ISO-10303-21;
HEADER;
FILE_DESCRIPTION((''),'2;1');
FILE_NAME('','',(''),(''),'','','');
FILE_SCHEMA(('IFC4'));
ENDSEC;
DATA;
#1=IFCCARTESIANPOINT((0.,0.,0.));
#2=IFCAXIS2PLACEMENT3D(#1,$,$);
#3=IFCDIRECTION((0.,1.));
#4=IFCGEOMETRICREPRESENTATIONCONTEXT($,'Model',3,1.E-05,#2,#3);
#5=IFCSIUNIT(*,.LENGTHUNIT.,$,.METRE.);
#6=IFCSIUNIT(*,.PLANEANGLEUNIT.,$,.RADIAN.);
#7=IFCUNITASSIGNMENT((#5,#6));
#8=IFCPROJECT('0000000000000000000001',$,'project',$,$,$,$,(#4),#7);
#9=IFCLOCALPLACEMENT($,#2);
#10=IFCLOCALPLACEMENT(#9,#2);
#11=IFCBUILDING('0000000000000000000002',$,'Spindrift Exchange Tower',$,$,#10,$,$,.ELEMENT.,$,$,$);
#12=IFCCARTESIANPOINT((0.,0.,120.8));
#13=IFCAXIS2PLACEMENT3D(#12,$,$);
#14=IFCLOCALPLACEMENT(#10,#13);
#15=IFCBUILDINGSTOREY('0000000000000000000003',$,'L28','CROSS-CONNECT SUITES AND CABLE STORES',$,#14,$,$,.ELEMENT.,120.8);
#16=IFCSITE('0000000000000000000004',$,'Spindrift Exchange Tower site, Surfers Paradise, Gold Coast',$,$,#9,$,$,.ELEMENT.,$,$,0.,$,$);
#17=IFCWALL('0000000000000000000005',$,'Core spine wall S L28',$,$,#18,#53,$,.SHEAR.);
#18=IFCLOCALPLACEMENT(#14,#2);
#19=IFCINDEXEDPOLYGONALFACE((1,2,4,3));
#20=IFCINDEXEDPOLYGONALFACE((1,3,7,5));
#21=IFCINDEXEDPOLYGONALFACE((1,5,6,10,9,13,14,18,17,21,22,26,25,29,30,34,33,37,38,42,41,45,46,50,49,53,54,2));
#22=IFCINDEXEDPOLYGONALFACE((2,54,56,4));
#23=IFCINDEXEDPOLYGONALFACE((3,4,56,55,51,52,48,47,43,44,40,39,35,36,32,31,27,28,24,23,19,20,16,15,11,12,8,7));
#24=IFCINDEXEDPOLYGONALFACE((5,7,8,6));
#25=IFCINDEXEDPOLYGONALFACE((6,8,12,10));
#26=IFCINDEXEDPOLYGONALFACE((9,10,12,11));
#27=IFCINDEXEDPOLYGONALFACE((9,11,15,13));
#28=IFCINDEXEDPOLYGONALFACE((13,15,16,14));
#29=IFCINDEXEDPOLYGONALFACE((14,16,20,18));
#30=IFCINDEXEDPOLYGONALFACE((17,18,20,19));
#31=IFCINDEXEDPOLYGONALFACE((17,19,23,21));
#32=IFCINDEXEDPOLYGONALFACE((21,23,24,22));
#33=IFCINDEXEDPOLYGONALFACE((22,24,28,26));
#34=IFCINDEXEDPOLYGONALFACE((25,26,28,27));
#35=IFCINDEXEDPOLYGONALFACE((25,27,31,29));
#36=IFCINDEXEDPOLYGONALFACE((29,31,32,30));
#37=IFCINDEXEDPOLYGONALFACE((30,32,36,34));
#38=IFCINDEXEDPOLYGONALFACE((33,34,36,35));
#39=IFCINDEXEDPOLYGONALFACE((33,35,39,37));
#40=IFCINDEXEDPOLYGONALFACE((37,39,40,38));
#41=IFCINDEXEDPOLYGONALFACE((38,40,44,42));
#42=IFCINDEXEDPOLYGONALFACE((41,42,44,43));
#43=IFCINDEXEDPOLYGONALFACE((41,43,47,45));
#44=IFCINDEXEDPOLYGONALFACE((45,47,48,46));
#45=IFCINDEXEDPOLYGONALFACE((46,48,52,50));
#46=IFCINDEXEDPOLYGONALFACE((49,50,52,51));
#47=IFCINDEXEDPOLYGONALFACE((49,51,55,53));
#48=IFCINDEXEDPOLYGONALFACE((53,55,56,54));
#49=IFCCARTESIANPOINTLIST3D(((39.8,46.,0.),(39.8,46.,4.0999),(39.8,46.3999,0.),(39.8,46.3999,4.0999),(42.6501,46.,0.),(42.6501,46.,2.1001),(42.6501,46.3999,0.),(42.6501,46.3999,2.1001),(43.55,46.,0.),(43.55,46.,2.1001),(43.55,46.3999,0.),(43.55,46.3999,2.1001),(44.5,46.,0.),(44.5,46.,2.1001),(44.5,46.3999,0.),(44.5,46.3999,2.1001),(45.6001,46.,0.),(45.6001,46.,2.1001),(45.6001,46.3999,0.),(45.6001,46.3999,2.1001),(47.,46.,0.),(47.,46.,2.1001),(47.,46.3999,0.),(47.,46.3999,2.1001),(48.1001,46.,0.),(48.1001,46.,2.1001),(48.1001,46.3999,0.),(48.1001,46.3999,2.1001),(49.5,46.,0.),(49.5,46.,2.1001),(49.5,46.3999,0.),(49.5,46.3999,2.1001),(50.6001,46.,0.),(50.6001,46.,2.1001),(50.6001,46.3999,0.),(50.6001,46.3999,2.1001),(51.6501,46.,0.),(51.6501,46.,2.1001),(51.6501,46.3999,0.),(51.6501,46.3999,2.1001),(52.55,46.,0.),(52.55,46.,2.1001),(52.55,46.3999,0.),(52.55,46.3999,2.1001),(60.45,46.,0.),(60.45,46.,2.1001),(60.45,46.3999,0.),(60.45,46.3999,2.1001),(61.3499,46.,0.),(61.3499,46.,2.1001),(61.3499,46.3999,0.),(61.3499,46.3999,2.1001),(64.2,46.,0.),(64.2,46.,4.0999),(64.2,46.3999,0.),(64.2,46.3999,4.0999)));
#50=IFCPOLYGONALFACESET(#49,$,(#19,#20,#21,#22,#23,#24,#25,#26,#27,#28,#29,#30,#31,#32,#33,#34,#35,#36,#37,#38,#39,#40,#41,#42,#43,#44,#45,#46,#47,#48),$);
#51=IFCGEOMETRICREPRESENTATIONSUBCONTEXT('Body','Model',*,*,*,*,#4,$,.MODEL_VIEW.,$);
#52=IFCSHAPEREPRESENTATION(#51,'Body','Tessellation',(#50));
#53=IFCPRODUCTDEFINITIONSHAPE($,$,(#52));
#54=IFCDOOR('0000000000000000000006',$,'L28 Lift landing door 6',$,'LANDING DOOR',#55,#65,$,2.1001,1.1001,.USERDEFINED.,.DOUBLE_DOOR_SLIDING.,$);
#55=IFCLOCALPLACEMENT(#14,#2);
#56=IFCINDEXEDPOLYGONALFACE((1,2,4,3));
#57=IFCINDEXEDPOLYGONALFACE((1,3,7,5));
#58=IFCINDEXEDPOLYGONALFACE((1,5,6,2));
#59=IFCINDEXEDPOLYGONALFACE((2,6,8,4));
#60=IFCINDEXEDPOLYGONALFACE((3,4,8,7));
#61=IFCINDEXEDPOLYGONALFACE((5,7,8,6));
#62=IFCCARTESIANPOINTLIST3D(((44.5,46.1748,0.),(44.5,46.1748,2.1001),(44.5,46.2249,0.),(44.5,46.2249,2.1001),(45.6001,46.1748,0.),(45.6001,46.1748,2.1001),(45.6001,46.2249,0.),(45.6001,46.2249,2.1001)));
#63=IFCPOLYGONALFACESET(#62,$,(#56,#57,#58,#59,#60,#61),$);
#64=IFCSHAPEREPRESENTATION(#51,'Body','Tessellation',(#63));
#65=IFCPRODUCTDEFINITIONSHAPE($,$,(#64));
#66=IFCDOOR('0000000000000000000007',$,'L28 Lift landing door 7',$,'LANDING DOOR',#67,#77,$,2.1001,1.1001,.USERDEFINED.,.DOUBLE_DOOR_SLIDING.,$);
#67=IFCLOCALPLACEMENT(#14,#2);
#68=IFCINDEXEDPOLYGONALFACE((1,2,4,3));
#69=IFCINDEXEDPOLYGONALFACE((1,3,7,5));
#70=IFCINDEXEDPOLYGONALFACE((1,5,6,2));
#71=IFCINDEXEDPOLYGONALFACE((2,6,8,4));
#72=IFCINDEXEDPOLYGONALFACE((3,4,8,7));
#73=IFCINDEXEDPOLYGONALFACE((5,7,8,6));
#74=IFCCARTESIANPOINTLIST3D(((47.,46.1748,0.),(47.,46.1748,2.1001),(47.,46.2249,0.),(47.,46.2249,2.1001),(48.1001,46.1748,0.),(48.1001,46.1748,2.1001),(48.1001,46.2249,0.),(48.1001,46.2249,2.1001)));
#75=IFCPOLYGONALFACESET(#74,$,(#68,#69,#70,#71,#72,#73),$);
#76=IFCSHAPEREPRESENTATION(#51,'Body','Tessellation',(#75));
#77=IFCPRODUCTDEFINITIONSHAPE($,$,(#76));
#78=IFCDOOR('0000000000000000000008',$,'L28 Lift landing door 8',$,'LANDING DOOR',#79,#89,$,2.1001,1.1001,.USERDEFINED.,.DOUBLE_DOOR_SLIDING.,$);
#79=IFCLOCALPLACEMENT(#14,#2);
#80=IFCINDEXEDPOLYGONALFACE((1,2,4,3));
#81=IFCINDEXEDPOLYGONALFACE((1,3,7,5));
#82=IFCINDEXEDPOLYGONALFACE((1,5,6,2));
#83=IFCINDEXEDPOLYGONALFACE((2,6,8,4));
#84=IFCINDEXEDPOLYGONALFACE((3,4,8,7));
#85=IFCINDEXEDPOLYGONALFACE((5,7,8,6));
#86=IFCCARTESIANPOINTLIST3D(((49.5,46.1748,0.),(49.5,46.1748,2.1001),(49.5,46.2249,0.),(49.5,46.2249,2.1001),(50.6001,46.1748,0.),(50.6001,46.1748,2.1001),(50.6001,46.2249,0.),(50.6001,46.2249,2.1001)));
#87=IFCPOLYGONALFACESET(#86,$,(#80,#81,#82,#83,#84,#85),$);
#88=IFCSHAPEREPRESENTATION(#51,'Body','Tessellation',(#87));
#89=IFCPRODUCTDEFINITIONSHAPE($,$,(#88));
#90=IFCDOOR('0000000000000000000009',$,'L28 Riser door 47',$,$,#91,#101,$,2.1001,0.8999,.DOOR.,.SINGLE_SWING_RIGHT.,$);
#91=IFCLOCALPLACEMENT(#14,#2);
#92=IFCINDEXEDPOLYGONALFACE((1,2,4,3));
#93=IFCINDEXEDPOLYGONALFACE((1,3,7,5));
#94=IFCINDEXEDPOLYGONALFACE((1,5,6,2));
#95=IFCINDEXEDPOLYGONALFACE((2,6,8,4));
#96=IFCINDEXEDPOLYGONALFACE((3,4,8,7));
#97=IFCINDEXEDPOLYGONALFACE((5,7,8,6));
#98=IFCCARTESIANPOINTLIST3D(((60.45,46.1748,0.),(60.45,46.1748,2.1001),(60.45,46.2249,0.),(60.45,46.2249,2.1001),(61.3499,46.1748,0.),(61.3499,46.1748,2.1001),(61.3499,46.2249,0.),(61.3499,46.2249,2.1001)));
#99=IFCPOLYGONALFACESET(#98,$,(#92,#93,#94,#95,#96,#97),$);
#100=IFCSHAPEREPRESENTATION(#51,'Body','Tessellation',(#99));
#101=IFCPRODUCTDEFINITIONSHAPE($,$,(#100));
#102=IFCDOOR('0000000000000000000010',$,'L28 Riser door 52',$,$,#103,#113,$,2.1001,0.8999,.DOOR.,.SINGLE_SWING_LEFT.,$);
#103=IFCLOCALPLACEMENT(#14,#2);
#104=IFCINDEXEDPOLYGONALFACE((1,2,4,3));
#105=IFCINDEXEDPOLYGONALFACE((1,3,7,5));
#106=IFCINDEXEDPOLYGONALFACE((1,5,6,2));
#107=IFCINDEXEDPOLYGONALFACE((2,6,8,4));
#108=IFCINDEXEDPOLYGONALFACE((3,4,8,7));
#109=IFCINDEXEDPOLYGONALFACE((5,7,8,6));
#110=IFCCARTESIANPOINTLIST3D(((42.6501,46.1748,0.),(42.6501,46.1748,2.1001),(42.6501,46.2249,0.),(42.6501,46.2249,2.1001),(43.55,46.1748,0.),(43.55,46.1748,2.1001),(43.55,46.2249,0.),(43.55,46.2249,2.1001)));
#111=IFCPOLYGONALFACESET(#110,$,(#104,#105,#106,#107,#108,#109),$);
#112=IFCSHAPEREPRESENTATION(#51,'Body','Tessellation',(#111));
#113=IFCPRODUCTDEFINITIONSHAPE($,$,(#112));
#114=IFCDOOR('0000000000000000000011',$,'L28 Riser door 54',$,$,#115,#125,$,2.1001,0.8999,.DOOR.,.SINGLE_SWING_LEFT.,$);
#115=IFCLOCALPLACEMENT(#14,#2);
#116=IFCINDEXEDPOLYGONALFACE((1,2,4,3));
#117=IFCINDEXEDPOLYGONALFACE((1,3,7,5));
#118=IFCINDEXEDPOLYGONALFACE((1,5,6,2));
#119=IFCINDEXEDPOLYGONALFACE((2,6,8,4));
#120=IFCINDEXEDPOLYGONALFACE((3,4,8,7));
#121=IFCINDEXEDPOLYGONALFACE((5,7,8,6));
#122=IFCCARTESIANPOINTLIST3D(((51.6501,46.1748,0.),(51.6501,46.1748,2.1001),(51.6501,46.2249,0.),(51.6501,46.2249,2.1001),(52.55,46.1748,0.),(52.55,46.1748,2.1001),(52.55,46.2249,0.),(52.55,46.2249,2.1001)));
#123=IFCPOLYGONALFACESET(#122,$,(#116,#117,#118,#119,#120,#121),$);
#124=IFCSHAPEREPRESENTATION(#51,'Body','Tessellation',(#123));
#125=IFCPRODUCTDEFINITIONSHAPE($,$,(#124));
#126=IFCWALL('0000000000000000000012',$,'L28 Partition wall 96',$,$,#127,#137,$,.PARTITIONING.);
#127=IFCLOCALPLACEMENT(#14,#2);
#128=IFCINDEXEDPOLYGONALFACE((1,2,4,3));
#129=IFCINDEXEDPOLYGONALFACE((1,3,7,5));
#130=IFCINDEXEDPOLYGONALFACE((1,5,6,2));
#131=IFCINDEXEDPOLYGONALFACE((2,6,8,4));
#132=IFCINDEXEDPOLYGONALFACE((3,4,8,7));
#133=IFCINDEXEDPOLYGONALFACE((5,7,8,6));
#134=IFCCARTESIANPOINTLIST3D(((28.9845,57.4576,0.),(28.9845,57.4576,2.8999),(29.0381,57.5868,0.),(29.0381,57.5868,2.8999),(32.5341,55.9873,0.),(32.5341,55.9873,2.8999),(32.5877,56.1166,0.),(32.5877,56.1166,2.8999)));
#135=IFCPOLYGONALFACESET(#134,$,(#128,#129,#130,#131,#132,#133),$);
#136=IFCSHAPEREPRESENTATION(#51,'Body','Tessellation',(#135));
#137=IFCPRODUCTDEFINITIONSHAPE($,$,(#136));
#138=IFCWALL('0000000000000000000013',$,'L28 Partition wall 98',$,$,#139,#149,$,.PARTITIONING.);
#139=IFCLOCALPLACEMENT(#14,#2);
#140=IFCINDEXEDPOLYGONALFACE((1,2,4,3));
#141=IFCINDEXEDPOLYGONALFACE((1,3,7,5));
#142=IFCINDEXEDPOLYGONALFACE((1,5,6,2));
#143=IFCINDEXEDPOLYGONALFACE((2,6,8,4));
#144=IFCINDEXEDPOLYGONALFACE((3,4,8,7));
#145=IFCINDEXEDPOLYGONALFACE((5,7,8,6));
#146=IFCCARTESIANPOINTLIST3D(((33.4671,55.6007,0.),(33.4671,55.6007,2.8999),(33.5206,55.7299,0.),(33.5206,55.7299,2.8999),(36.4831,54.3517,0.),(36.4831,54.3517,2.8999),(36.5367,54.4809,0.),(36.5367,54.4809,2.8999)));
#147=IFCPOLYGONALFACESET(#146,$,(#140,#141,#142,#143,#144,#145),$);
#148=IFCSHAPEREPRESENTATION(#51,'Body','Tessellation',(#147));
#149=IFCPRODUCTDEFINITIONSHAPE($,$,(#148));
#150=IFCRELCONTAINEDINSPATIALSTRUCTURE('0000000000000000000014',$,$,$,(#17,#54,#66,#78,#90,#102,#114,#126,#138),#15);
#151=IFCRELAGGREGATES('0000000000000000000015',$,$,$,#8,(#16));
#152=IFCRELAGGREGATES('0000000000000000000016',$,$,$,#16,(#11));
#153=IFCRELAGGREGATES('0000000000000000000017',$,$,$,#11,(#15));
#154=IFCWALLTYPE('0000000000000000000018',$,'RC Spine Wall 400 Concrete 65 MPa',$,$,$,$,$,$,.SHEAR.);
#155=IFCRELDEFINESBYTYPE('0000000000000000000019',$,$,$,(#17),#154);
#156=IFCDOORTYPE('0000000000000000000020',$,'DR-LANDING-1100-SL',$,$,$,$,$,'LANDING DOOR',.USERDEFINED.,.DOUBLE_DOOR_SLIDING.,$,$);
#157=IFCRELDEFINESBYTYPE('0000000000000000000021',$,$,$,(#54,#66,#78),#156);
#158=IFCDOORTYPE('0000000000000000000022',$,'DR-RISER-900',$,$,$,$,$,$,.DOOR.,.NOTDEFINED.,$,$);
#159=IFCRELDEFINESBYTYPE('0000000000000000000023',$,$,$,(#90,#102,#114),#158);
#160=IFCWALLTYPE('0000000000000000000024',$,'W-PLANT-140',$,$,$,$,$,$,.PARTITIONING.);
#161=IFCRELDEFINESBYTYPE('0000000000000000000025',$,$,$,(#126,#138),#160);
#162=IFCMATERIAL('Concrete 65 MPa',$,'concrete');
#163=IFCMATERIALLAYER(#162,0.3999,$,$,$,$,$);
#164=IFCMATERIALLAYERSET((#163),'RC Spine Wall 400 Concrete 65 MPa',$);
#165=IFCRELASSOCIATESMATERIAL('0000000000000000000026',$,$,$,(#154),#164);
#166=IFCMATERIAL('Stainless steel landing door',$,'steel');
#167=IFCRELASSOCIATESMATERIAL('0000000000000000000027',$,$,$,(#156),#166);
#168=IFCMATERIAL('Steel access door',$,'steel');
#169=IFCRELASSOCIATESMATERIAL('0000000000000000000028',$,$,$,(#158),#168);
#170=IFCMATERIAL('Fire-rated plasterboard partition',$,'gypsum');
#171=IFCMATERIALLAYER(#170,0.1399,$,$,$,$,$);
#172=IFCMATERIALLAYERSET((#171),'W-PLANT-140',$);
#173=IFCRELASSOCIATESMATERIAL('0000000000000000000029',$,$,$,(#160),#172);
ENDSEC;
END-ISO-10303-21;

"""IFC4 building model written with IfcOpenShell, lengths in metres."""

from ifc_helpers import new_model, si_unit, direction, frame, frame_2d, origin, place, context, subcontext, project, spatial, rectangle, extrude, source, transform, mapped, material, layer, layer_set, type_object, element, fill, save


model = new_model("IFC4")

# Units and contexts
model_context = context("Model", 3, precision=1e-05, world=origin(), true_north=direction((0.0, 1.0)))
body_context = subcontext(model_context, "Body", "Model", "MODEL_VIEW")
ifc_project = project(units=[si_unit("LENGTHUNIT", "METRE"), si_unit("PLANEANGLEUNIT", "RADIAN")], contexts=[model_context])

# Site, building, storey
site_placement = place(None, origin())
site = spatial("IfcSite", under=ifc_project, at=site_placement, Name="Spindrift Exchange Tower site, Surfers Paradise, Gold Coast", CompositionType="ELEMENT", RefElevation=0.0)
building_placement = place(site_placement, origin())
building = spatial("IfcBuilding", under=site, at=building_placement, Name="Spindrift Exchange Tower", CompositionType="ELEMENT")
storey_placement = place(building_placement, frame((0.0, 0.0, 120.8)))
storey = spatial("IfcBuildingStorey", under=building, at=storey_placement, Name="L28", Description="CROSS-CONNECT SUITES AND CABLE STORES", CompositionType="ELEMENT", Elevation=120.8)

# Shared definitions
ifc_material_1 = material(Name="Concrete 65 MPa", Category="concrete")

# Wall, openings, doors
ifc_layer_1 = layer(ifc_material_1, 0.3999)
ifc_layer_set_1 = layer_set([ifc_layer_1], Name="RC Spine Wall 400 Concrete 65 MPa")
wall_type_1 = type_object("IfcWallType", Name="RC Spine Wall 400 Concrete 65 MPa", PredefinedType="SHEAR", material=ifc_layer_set_1)
ifc_material_2 = material(Name="Stainless steel landing door", Category="steel")
door_type_1 = type_object("IfcDoorType", Name="DR-LANDING-1100-SL", ElementType="LANDING DOOR", OperationType="DOUBLE_DOOR_SLIDING", PredefinedType="USERDEFINED", material=ifc_material_2)
shared_shape_1 = source(origin(), body_context, "Body", "SweptSolid", [
    extrude(rectangle(XDim=1.1001, YDim=2.1001, at=frame_2d((0.55, 1.05))), frame((0.0, 0.0249, 0.0), z_axis=(0.0, -1.0, 0.0), x_axis=(1.0, 0.0, 0.0)), (0.0, 0.0, 1.0), 0.05),
])
ifc_material_3 = material(Name="Steel access door", Category="steel")
door_type_2 = type_object("IfcDoorType", Name="DR-RISER-900", OperationType="NOTDEFINED", PredefinedType="DOOR", material=ifc_material_3)
shared_shape_2 = source(origin(), body_context, "Body", "SweptSolid", [
    extrude(rectangle(XDim=0.8999, YDim=2.1001, at=frame_2d((0.45, 1.05))), frame((0.0, 0.0249, 0.0), z_axis=(0.0, -1.0, 0.0), x_axis=(1.0, 0.0, 0.0)), (0.0, 0.0, 1.0), 0.05),
])
wall_1_placement = place(storey_placement, frame((39.8, 46.2, 0.0), z_axis=(0.0, 0.0, 1.0), x_axis=(1.0, 0.0, 0.0)))
wall_1 = element("IfcWall", 1, at=wall_1_placement, inside=storey, type_object=wall_type_1, Name="Core spine wall S L28", PredefinedType="SHEAR", context=body_context, shape_type="SweptSolid", body=[
    extrude(rectangle(XDim=24.3999, YDim=0.3999, at=frame_2d((12.2, 0.0))), origin(), (0.0, 0.0, 1.0), 4.0999),
])
opening_1_placement = place(wall_1_placement, frame((4.7, 0.0, 0.0)))
opening_1 = element("IfcOpeningElement", 2, at=opening_1_placement, cuts=wall_1, PredefinedType="OPENING", context=body_context, shape_type="SweptSolid", body=[
    extrude(rectangle(XDim=1.1001, YDim=2.1001, at=frame_2d((0.55, 1.05))), frame((0.0, 0.21, 0.0), z_axis=(0.0, -1.0, 0.0), x_axis=(1.0, 0.0, 0.0)), (0.0, 0.0, 1.0), 0.4199),
])
opening_2_placement = place(wall_1_placement, frame((7.2, 0.0, 0.0)))
opening_2 = element("IfcOpeningElement", 3, at=opening_2_placement, cuts=wall_1, PredefinedType="OPENING", context=body_context, shape_type="SweptSolid", body=[
    extrude(rectangle(XDim=1.1001, YDim=2.1001, at=frame_2d((0.55, 1.05))), frame((0.0, 0.21, 0.0), z_axis=(0.0, -1.0, 0.0), x_axis=(1.0, 0.0, 0.0)), (0.0, 0.0, 1.0), 0.4199),
])
opening_3_placement = place(wall_1_placement, frame((9.7, 0.0, 0.0)))
opening_3 = element("IfcOpeningElement", 4, at=opening_3_placement, cuts=wall_1, PredefinedType="OPENING", context=body_context, shape_type="SweptSolid", body=[
    extrude(rectangle(XDim=1.1001, YDim=2.1001, at=frame_2d((0.55, 1.05))), frame((0.0, 0.21, 0.0), z_axis=(0.0, -1.0, 0.0), x_axis=(1.0, 0.0, 0.0)), (0.0, 0.0, 1.0), 0.4199),
])
opening_4_placement = place(wall_1_placement, frame((20.6499, 0.0, 0.0)))
opening_4 = element("IfcOpeningElement", 5, at=opening_4_placement, cuts=wall_1, PredefinedType="OPENING", context=body_context, shape_type="SweptSolid", body=[
    extrude(rectangle(XDim=0.8999, YDim=2.1001, at=frame_2d((0.45, 1.05))), frame((0.0, 0.21, 0.0), z_axis=(0.0, -1.0, 0.0), x_axis=(1.0, 0.0, 0.0)), (0.0, 0.0, 1.0), 0.4199),
])
opening_5_placement = place(wall_1_placement, frame((2.8501, 0.0, 0.0)))
opening_5 = element("IfcOpeningElement", 6, at=opening_5_placement, cuts=wall_1, PredefinedType="OPENING", context=body_context, shape_type="SweptSolid", body=[
    extrude(rectangle(XDim=0.8999, YDim=2.1001, at=frame_2d((0.45, 1.05))), frame((0.0, 0.21, 0.0), z_axis=(0.0, -1.0, 0.0), x_axis=(1.0, 0.0, 0.0)), (0.0, 0.0, 1.0), 0.4199),
])
opening_6_placement = place(wall_1_placement, frame((11.8501, 0.0, 0.0)))
opening_6 = element("IfcOpeningElement", 7, at=opening_6_placement, cuts=wall_1, PredefinedType="OPENING", context=body_context, shape_type="SweptSolid", body=[
    extrude(rectangle(XDim=0.8999, YDim=2.1001, at=frame_2d((0.45, 1.05))), frame((0.0, 0.21, 0.0), z_axis=(0.0, -1.0, 0.0), x_axis=(1.0, 0.0, 0.0)), (0.0, 0.0, 1.0), 0.4199),
])
door_1_placement = place(opening_1_placement, origin())
door_1 = element("IfcDoor", 8, at=door_1_placement, inside=storey, type_object=door_type_1, Name="L28 Lift landing door 6", ObjectType="LANDING DOOR", OperationType="DOUBLE_DOOR_SLIDING", OverallHeight=2.1001, OverallWidth=1.1001, PredefinedType="USERDEFINED", context=body_context, shape_type="MappedRepresentation", body=[
    mapped(shared_shape_1, transform((0.0, 0.0, 0.0), scale=1.0)),
])
fill(opening_1, door_1)
door_2_placement = place(opening_2_placement, origin())
door_2 = element("IfcDoor", 9, at=door_2_placement, inside=storey, type_object=door_type_1, Name="L28 Lift landing door 7", ObjectType="LANDING DOOR", OperationType="DOUBLE_DOOR_SLIDING", OverallHeight=2.1001, OverallWidth=1.1001, PredefinedType="USERDEFINED", context=body_context, shape_type="MappedRepresentation", body=[
    mapped(shared_shape_1, transform((0.0, 0.0, 0.0), scale=1.0)),
])
fill(opening_2, door_2)
door_3_placement = place(opening_3_placement, origin())
door_3 = element("IfcDoor", 10, at=door_3_placement, inside=storey, type_object=door_type_1, Name="L28 Lift landing door 8", ObjectType="LANDING DOOR", OperationType="DOUBLE_DOOR_SLIDING", OverallHeight=2.1001, OverallWidth=1.1001, PredefinedType="USERDEFINED", context=body_context, shape_type="MappedRepresentation", body=[
    mapped(shared_shape_1, transform((0.0, 0.0, 0.0), scale=1.0)),
])
fill(opening_3, door_3)
door_4_placement = place(opening_4_placement, origin())
door_4 = element("IfcDoor", 11, at=door_4_placement, inside=storey, type_object=door_type_2, Name="L28 Riser door 47", OperationType="SINGLE_SWING_RIGHT", OverallHeight=2.1001, OverallWidth=0.8999, PredefinedType="DOOR", context=body_context, shape_type="MappedRepresentation", body=[
    mapped(shared_shape_2, transform((0.0, 0.0, 0.0), scale=1.0)),
])
fill(opening_4, door_4)
door_5_placement = place(opening_5_placement, origin())
door_5 = element("IfcDoor", 12, at=door_5_placement, inside=storey, type_object=door_type_2, Name="L28 Riser door 52", OperationType="SINGLE_SWING_LEFT", OverallHeight=2.1001, OverallWidth=0.8999, PredefinedType="DOOR", context=body_context, shape_type="MappedRepresentation", body=[
    mapped(shared_shape_2, transform((0.0, 0.0, 0.0), scale=1.0)),
])
fill(opening_5, door_5)
door_6_placement = place(opening_6_placement, origin())
door_6 = element("IfcDoor", 13, at=door_6_placement, inside=storey, type_object=door_type_2, Name="L28 Riser door 54", OperationType="SINGLE_SWING_LEFT", OverallHeight=2.1001, OverallWidth=0.8999, PredefinedType="DOOR", context=body_context, shape_type="MappedRepresentation", body=[
    mapped(shared_shape_2, transform((0.0, 0.0, 0.0), scale=1.0)),
])
fill(opening_6, door_6)

# Walls
ifc_material_4 = material(Name="Fire-rated plasterboard partition", Category="gypsum")
ifc_layer_2 = layer(ifc_material_4, 0.1399)
ifc_layer_set_2 = layer_set([ifc_layer_2], Name="W-PLANT-140")
wall_type_2 = type_object("IfcWallType", Name="W-PLANT-140", PredefinedType="PARTITIONING", material=ifc_layer_set_2)
wall_2_placement = place(storey_placement, frame((32.5608, 56.052, 0.0), z_axis=(0.0, 0.0, 1.0), x_axis=(-0.923885, 0.38267, 0.0)))
element("IfcWall", 14, at=wall_2_placement, inside=storey, type_object=wall_type_2, Name="L28 Partition wall 96", PredefinedType="PARTITIONING", context=body_context, shape_type="SweptSolid", body=[
    extrude(rectangle(XDim=3.842, YDim=0.1399, at=frame_2d((1.9209, 0.0))), origin(), (0.0, 0.0, 1.0), 2.8999),
])
wall_3_placement = place(storey_placement, frame((36.51, 54.4163, 0.0), z_axis=(0.0, 0.0, 1.0), x_axis=(-0.923911, 0.382607, 0.0)))
element("IfcWall", 15, at=wall_3_placement, inside=storey, type_object=wall_type_2, Name="L28 Partition wall 98", PredefinedType="PARTITIONING", context=body_context, shape_type="SweptSolid", body=[
    extrude(rectangle(XDim=3.2644, YDim=0.1399, at=frame_2d((1.6323, 0.0))), origin(), (0.0, 0.0, 1.0), 2.8999),
])

save(model, "model.ifc")
